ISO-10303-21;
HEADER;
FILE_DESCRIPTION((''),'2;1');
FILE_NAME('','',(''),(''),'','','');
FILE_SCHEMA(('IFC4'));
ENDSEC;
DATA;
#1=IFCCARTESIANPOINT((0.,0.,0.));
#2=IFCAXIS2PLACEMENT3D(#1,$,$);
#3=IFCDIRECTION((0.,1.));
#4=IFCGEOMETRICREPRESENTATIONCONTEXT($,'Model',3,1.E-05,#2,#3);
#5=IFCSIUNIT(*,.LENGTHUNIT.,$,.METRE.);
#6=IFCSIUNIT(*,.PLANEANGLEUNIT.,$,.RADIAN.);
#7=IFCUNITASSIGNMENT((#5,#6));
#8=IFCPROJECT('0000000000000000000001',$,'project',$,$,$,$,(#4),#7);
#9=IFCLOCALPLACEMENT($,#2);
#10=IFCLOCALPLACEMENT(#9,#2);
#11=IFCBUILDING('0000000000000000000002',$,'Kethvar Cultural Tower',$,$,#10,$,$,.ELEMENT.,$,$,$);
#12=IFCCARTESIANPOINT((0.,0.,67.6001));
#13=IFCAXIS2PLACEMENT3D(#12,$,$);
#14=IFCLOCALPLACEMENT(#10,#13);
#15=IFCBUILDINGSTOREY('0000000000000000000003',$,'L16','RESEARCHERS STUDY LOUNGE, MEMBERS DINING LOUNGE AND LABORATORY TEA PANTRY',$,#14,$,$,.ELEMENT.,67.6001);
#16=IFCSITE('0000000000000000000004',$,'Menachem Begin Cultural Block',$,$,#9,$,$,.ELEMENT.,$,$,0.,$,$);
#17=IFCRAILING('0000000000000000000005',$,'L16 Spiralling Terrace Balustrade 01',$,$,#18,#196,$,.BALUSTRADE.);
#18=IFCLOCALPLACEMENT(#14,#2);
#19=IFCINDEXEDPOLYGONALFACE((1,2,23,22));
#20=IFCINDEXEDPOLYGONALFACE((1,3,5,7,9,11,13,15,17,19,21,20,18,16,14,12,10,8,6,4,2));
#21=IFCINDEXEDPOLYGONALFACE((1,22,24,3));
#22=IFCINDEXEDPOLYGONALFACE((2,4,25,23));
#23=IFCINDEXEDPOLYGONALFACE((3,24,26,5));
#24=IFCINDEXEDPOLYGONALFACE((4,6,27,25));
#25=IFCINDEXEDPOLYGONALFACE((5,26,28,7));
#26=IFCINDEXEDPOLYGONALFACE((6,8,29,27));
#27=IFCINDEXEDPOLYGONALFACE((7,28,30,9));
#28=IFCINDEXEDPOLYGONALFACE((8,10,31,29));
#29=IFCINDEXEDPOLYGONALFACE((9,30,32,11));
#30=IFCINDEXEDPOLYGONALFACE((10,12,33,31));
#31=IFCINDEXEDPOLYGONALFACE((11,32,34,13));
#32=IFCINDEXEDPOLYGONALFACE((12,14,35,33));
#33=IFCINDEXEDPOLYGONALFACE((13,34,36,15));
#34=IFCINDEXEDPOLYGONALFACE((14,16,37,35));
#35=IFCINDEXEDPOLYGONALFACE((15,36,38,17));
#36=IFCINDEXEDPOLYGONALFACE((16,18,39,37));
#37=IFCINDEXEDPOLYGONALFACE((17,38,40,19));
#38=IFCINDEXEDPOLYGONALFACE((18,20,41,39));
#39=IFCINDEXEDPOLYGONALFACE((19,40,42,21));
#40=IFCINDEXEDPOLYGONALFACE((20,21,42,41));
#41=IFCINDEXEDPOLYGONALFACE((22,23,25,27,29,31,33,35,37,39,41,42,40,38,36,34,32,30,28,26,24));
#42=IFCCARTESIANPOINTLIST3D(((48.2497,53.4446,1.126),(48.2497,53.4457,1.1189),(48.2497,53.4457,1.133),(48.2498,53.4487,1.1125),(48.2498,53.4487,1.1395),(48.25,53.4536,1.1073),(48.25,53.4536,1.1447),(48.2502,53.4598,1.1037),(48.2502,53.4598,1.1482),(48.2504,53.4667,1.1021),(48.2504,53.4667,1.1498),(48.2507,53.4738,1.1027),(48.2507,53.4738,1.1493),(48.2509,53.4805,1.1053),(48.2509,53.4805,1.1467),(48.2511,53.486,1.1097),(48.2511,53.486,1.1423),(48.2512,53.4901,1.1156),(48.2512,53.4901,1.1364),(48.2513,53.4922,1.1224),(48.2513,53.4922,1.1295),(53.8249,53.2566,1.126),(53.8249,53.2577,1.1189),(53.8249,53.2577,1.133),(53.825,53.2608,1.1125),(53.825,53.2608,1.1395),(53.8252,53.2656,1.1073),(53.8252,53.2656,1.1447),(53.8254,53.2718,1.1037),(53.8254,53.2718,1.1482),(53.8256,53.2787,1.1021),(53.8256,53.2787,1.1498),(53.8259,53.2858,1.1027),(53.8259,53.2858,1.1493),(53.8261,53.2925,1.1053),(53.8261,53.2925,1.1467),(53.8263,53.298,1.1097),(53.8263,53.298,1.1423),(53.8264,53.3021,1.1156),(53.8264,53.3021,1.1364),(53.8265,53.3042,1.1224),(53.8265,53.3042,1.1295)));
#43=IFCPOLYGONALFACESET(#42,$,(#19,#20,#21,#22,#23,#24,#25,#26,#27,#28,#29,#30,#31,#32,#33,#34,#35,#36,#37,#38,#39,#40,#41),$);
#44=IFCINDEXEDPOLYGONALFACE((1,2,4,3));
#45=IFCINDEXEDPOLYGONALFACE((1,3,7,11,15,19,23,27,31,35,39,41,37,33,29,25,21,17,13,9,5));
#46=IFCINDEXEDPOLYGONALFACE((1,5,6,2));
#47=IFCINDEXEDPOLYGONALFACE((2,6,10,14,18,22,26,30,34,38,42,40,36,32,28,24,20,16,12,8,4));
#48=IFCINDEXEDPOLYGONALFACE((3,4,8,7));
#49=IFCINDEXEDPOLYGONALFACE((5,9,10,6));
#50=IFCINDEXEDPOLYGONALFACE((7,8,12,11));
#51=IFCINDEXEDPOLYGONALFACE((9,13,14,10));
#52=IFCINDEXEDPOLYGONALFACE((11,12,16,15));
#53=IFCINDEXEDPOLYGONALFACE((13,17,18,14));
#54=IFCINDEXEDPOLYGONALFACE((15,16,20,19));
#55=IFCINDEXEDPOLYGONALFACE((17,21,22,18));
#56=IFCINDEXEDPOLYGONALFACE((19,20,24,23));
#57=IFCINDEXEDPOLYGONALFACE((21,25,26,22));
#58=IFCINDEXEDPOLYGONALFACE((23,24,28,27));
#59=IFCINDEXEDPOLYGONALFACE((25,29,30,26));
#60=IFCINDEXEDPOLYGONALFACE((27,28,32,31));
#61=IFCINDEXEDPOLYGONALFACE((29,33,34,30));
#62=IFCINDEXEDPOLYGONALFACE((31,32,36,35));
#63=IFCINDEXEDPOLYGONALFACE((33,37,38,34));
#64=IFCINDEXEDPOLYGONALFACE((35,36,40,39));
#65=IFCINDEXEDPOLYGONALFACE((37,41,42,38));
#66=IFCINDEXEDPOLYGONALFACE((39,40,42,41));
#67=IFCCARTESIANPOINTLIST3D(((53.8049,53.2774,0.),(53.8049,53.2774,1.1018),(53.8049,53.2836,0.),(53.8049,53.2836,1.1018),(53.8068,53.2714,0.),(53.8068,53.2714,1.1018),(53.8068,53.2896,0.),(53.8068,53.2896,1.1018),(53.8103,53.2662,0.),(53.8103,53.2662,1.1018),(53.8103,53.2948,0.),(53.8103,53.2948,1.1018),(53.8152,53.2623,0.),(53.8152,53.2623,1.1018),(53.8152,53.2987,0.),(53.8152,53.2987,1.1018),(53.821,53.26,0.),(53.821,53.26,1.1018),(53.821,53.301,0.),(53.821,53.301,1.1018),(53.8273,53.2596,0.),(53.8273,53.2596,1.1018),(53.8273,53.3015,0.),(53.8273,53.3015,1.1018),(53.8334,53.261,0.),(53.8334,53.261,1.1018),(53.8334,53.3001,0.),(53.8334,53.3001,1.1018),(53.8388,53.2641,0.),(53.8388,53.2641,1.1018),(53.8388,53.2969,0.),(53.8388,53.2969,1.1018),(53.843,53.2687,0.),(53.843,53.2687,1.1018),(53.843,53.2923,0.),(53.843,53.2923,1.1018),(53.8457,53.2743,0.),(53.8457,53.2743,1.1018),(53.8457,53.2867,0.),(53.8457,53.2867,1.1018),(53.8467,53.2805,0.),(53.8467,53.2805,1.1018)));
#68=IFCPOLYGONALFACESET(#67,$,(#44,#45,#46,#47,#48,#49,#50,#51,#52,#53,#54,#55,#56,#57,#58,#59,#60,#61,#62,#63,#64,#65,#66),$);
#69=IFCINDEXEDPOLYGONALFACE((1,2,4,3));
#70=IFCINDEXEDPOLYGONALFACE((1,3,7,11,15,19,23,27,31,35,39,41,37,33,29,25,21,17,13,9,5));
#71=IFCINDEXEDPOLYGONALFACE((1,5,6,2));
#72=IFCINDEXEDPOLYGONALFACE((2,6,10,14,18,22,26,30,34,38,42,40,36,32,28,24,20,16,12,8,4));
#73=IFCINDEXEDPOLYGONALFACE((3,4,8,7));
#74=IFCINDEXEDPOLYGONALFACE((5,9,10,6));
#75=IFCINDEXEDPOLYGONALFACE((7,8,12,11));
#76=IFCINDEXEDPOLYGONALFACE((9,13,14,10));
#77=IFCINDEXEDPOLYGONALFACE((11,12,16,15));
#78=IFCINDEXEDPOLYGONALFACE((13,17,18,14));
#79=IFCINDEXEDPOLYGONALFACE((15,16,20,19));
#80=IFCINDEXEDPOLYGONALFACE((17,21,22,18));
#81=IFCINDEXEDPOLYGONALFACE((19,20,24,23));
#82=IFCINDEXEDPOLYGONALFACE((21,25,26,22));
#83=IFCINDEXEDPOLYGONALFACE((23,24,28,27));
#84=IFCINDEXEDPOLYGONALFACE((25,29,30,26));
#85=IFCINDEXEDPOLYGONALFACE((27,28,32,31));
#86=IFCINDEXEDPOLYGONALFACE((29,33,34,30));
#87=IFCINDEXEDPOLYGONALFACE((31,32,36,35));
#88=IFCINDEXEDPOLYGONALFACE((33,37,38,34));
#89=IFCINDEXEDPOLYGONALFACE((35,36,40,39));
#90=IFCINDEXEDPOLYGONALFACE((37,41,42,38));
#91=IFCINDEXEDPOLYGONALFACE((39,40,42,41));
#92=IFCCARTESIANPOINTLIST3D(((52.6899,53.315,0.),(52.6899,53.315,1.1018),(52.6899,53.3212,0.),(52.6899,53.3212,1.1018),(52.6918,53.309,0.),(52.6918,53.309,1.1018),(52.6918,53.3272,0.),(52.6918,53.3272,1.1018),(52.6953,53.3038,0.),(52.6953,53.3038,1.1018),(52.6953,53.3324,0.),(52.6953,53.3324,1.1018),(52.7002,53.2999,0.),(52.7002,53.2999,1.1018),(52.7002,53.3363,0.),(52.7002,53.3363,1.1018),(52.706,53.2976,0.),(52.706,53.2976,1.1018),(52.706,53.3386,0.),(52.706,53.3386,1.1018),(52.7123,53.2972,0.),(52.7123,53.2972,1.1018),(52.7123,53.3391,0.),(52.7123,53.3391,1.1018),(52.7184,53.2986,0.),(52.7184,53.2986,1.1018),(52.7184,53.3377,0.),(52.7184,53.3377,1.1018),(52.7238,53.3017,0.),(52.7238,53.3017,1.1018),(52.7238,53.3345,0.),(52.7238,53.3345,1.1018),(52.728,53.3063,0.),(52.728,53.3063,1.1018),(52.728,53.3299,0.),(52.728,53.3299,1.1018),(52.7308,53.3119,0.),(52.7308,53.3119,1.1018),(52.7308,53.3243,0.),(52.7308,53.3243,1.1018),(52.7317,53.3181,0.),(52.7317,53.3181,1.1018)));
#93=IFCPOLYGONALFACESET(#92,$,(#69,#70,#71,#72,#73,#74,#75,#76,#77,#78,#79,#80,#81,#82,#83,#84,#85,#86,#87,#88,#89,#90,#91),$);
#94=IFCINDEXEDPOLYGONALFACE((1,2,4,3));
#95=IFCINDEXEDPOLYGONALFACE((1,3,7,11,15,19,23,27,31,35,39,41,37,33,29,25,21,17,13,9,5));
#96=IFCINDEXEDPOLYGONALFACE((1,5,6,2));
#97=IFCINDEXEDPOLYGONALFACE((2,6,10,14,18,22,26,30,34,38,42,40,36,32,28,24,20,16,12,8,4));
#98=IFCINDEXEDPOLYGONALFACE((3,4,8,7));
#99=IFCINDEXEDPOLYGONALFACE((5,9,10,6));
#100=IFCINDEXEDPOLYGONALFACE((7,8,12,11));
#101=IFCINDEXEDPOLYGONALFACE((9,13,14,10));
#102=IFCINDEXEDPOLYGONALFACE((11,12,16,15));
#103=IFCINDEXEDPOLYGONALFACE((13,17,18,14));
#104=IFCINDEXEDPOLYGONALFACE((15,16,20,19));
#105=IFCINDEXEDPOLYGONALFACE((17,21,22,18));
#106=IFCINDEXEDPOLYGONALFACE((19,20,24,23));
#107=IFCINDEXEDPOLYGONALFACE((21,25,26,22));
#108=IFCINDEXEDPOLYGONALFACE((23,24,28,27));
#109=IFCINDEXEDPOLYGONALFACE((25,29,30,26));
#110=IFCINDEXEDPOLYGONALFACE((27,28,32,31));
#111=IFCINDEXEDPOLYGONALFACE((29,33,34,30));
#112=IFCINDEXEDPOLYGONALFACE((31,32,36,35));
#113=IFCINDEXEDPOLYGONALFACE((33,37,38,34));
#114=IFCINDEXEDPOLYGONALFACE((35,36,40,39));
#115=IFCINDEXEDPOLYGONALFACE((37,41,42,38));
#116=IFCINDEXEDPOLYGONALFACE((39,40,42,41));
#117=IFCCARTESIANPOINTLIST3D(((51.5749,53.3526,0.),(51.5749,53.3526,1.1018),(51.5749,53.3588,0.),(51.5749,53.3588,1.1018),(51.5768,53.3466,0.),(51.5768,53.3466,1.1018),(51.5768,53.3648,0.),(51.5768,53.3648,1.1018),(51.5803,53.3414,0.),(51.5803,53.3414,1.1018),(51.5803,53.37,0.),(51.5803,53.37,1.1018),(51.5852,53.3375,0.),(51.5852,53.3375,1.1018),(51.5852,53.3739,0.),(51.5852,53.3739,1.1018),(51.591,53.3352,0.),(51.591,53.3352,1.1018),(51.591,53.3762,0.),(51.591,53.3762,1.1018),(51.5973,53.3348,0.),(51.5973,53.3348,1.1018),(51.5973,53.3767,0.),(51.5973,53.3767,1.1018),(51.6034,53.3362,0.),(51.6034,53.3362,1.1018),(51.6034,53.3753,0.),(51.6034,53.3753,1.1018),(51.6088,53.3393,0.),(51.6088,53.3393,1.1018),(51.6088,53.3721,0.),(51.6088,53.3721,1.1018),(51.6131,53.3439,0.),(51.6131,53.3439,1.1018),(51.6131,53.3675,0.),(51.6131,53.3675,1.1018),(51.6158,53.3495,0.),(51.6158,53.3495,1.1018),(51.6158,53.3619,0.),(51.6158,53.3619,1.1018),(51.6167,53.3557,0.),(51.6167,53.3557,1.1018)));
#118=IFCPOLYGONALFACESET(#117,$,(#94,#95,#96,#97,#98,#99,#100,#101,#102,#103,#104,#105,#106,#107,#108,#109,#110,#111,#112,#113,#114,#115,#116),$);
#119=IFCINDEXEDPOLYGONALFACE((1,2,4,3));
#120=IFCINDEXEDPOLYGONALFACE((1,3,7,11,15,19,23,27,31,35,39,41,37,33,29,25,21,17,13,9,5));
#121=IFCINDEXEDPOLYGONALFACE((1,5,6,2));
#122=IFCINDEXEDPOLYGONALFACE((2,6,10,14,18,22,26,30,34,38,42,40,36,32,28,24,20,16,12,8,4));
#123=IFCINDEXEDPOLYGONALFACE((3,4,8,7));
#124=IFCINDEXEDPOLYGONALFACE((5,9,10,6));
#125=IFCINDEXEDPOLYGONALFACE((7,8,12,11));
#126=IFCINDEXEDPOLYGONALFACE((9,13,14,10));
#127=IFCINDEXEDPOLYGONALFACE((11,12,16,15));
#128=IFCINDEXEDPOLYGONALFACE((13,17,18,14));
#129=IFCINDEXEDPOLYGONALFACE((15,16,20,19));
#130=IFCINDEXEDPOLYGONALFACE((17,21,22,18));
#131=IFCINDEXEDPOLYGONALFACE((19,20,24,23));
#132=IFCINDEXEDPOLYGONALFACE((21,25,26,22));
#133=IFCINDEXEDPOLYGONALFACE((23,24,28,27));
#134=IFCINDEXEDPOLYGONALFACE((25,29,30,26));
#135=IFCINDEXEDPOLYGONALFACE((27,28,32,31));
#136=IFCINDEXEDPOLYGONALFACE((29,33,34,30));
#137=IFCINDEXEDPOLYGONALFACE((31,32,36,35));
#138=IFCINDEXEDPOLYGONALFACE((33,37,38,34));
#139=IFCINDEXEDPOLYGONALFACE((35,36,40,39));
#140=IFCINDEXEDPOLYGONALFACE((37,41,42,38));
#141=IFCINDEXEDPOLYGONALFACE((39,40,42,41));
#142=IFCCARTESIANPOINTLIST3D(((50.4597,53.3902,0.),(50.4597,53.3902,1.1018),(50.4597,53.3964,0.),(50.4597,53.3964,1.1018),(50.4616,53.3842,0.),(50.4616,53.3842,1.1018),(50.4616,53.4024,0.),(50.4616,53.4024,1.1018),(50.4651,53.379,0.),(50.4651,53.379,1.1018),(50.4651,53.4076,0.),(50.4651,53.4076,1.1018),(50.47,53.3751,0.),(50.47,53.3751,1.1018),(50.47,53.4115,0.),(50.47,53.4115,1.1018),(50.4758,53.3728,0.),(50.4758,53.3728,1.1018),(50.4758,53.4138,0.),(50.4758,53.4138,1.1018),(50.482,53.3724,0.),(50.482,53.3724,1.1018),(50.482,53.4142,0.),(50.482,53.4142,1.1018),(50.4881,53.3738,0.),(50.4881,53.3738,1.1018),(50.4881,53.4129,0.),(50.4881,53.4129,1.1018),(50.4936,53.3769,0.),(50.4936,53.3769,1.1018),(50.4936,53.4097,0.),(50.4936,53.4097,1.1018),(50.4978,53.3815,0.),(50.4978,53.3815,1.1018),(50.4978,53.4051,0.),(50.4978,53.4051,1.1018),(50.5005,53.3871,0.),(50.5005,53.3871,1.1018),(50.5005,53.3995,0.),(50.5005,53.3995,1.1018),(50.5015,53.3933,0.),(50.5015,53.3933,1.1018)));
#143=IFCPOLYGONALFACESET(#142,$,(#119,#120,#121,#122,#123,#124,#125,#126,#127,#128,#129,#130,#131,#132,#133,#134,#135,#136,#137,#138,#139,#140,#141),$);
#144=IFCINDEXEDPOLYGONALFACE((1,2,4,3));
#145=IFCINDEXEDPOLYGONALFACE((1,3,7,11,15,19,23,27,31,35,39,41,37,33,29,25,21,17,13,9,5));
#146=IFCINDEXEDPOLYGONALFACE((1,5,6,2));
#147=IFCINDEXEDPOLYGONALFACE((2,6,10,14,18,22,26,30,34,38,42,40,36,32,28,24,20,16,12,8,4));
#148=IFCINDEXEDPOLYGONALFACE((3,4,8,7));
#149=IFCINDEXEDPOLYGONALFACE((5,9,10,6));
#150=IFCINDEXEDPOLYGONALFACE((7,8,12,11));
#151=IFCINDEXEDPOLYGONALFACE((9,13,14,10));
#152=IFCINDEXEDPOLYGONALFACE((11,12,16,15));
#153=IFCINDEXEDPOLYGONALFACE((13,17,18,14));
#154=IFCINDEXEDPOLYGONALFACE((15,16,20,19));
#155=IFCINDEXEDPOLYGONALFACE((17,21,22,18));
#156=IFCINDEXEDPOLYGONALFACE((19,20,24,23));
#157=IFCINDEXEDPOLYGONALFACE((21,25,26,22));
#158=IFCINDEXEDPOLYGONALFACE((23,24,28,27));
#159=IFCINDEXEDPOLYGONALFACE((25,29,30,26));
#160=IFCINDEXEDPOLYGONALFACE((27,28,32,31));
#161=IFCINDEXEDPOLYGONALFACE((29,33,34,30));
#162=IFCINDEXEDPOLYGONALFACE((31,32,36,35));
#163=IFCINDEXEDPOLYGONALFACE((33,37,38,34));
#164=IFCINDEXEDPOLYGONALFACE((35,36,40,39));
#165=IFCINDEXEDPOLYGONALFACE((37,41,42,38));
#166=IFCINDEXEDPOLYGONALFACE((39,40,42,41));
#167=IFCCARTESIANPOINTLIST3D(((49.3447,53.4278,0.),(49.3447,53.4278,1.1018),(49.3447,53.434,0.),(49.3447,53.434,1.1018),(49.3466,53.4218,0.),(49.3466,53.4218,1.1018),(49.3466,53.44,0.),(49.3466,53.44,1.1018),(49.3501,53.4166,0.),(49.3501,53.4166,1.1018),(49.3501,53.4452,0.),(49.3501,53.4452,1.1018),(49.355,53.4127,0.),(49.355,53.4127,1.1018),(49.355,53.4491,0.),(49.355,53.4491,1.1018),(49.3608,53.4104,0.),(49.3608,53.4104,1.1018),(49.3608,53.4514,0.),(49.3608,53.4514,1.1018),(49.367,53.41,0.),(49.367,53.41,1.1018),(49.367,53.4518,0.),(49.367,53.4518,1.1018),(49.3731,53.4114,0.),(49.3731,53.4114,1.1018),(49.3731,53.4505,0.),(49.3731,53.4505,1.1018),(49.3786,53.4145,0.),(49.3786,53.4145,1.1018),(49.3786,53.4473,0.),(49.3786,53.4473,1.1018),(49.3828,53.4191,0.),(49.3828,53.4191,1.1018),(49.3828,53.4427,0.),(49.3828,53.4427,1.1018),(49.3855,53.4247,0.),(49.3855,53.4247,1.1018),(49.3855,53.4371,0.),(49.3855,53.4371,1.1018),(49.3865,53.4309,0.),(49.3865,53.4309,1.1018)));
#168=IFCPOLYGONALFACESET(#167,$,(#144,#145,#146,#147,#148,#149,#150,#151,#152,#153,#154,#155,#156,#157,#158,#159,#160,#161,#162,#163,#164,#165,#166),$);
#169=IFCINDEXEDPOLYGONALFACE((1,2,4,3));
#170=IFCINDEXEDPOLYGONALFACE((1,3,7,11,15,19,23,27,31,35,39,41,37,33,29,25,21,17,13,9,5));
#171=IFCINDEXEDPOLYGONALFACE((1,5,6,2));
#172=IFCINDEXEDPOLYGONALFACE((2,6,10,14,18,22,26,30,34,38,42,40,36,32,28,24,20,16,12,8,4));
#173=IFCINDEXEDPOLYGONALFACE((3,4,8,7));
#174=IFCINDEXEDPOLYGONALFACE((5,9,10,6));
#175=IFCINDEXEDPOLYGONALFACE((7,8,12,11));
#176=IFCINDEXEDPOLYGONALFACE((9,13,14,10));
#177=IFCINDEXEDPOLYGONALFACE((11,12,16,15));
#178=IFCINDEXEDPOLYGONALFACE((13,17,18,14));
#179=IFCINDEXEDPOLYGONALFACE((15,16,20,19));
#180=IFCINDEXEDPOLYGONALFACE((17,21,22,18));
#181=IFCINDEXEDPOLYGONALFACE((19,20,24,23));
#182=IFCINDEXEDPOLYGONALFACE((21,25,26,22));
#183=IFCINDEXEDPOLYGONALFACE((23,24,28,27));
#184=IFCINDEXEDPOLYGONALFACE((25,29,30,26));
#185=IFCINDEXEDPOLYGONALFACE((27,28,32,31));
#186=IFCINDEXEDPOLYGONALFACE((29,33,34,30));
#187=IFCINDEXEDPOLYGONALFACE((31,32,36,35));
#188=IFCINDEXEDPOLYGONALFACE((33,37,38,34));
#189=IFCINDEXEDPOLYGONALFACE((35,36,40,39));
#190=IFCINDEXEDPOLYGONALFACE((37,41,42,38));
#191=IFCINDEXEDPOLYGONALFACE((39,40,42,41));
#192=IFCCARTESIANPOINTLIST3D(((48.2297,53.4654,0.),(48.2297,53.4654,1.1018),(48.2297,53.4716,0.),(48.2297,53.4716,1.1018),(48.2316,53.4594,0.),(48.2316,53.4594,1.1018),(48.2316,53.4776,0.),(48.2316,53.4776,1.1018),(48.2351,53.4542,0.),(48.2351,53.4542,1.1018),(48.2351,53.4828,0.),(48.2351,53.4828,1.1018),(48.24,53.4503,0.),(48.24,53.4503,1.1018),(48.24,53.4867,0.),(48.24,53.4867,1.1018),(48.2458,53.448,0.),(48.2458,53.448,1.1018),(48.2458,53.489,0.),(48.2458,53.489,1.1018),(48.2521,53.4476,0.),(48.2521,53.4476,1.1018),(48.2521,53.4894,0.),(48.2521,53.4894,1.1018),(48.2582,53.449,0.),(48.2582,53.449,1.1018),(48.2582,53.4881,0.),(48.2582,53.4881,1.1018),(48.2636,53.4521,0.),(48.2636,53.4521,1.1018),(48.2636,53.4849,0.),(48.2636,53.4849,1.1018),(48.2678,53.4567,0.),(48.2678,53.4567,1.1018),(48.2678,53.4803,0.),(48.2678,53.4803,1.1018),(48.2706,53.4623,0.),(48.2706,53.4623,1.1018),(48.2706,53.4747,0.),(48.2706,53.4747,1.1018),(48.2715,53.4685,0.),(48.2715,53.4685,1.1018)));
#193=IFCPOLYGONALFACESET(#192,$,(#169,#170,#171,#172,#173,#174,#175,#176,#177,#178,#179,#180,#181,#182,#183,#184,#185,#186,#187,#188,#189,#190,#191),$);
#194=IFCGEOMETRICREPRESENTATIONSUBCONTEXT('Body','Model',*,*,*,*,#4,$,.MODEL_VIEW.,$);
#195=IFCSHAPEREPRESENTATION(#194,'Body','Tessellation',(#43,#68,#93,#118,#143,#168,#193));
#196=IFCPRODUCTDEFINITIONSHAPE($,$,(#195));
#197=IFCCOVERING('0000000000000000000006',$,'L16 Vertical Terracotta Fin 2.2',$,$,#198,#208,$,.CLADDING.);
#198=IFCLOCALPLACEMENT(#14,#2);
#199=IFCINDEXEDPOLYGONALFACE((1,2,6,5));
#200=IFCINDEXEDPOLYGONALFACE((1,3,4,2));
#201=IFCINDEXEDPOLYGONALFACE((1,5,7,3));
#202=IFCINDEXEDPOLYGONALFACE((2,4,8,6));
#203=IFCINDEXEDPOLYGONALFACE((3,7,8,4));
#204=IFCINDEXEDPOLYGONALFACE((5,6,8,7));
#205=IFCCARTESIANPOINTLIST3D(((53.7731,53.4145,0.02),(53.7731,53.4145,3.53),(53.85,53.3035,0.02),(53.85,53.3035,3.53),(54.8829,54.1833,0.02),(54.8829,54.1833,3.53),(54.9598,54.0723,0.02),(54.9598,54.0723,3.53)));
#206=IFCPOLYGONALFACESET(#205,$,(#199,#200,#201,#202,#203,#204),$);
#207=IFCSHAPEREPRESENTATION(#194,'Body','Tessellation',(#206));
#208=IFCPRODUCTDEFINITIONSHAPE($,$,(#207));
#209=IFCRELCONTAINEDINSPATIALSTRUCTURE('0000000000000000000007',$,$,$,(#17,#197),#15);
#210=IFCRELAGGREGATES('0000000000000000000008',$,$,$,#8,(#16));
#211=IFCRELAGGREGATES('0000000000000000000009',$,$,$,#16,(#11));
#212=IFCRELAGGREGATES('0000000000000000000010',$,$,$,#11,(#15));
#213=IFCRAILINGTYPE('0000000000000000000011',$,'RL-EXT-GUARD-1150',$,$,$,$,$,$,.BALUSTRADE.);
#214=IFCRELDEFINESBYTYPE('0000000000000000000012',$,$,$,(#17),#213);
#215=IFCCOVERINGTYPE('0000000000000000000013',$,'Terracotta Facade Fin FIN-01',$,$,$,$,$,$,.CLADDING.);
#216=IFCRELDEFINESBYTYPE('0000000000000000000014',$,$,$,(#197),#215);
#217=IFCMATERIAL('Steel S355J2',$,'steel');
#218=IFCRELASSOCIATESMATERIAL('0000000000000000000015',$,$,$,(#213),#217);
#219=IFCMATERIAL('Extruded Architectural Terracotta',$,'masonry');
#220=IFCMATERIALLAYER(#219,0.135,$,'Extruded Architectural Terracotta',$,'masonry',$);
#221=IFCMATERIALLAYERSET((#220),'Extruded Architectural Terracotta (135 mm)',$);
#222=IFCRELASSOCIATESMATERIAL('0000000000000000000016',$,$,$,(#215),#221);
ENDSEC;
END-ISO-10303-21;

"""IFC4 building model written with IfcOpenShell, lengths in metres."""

from ifc_helpers import new_model, si_unit, direction, frame, origin, origin_2d, place, context, subcontext, project, spatial, rectangle, circle, extrude, source, transform, mapped, material, layer, layer_set, type_object, element, save


model = new_model("IFC4")

# Units and contexts
model_context = context("Model", 3, precision=1e-05, world=origin(), true_north=direction((0.0, 1.0)))
body_context = subcontext(model_context, "Body", "Model", "MODEL_VIEW")
ifc_project = project(units=[si_unit("LENGTHUNIT", "METRE"), si_unit("PLANEANGLEUNIT", "RADIAN")], contexts=[model_context])

# Site, building, storey
site_placement = place(None, origin())
site = spatial("IfcSite", under=ifc_project, at=site_placement, Name="Menachem Begin Cultural Block", CompositionType="ELEMENT", RefElevation=0.0)
building_placement = place(site_placement, origin())
building = spatial("IfcBuilding", under=site, at=building_placement, Name="Kethvar Cultural Tower", CompositionType="ELEMENT")
storey_placement = place(building_placement, frame((0.0, 0.0, 67.6001)))
storey = spatial("IfcBuildingStorey", under=building, at=storey_placement, Name="L16", Description="RESEARCHERS STUDY LOUNGE, MEMBERS DINING LOUNGE AND LABORATORY TEA PANTRY", CompositionType="ELEMENT", Elevation=67.6001)

# Shared definitions
ifc_material_1 = material(Name="Steel S355J2", Category="steel")

# Railing
railing_type = type_object("IfcRailingType", Name="RL-EXT-GUARD-1150", PredefinedType="BALUSTRADE", material=ifc_material_1)
railing_1_placement = place(storey_placement, frame((53.8257, 53.2805, 0.0)))
element("IfcRailing", 1, at=railing_1_placement, inside=storey, type_object=railing_type, Name="L16 Spiralling Terrace Balustrade 01", PredefinedType="BALUSTRADE", context=body_context, shape_type="SweptSolid", body=[
    extrude(circle(Radius=0.0239, at=origin_2d()), frame((0.0, 0.0, 1.126), z_axis=(-0.999432, 0.0337, 0.0), x_axis=(-0.0337, -0.999432, 0.0)), (0.0, 0.0, 1.0), 5.5784),
    extrude(circle(Radius=0.021, at=origin_2d()), origin(), (0.0, 0.0, 1.0), 1.1018),
    extrude(circle(Radius=0.021, at=origin_2d()), frame((-1.115, 0.0376, 0.0)), (0.0, 0.0, 1.0), 1.1018),
    extrude(circle(Radius=0.021, at=origin_2d()), frame((-2.23, 0.0752, 0.0)), (0.0, 0.0, 1.0), 1.1018),
    extrude(circle(Radius=0.021, at=origin_2d()), frame((-3.3452, 0.1128, 0.0)), (0.0, 0.0, 1.0), 1.1018),
    extrude(circle(Radius=0.021, at=origin_2d()), frame((-4.4602, 0.1504, 0.0)), (0.0, 0.0, 1.0), 1.1018),
    extrude(circle(Radius=0.021, at=origin_2d()), frame((-5.5752, 0.188, 0.0)), (0.0, 0.0, 1.0), 1.1018),
])

# Covering
ifc_material_2 = material(Name="Extruded Architectural Terracotta", Category="masonry")
ifc_layer_1 = layer(ifc_material_2, 0.135, Name="Extruded Architectural Terracotta", Category="masonry")
ifc_layer_set_1 = layer_set([ifc_layer_1], Name="Extruded Architectural Terracotta (135 mm)")
covering_type = type_object("IfcCoveringType", Name="Terracotta Facade Fin FIN-01", PredefinedType="CLADDING", material=ifc_layer_set_1)
shared_shape_1 = source(origin(), body_context, "Body", "SweptSolid", [
    extrude(rectangle(XDim=1.3501, YDim=0.135, at=origin_2d()), origin(), (0.0, 0.0, 1.0), 3.51),
])
for number, where, z_axis, x_axis, name in (
    (2, (54.3665, 53.7434, 0.02), (0.0, 0.0, 1.0), (0.822045, 0.569423, 0.0), "L16 Vertical Terracotta Fin 2.2"),
):
    element("IfcCovering", number, at=place(storey_placement, frame(where, z_axis=z_axis, x_axis=x_axis)), inside=storey, type_object=covering_type, Name=name, PredefinedType="CLADDING", context=body_context, shape_type="MappedRepresentation", body=[
        mapped(shared_shape_1, transform((0.0, 0.0, 0.0), scale=1.0)),
    ])

save(model, "model.ifc")
